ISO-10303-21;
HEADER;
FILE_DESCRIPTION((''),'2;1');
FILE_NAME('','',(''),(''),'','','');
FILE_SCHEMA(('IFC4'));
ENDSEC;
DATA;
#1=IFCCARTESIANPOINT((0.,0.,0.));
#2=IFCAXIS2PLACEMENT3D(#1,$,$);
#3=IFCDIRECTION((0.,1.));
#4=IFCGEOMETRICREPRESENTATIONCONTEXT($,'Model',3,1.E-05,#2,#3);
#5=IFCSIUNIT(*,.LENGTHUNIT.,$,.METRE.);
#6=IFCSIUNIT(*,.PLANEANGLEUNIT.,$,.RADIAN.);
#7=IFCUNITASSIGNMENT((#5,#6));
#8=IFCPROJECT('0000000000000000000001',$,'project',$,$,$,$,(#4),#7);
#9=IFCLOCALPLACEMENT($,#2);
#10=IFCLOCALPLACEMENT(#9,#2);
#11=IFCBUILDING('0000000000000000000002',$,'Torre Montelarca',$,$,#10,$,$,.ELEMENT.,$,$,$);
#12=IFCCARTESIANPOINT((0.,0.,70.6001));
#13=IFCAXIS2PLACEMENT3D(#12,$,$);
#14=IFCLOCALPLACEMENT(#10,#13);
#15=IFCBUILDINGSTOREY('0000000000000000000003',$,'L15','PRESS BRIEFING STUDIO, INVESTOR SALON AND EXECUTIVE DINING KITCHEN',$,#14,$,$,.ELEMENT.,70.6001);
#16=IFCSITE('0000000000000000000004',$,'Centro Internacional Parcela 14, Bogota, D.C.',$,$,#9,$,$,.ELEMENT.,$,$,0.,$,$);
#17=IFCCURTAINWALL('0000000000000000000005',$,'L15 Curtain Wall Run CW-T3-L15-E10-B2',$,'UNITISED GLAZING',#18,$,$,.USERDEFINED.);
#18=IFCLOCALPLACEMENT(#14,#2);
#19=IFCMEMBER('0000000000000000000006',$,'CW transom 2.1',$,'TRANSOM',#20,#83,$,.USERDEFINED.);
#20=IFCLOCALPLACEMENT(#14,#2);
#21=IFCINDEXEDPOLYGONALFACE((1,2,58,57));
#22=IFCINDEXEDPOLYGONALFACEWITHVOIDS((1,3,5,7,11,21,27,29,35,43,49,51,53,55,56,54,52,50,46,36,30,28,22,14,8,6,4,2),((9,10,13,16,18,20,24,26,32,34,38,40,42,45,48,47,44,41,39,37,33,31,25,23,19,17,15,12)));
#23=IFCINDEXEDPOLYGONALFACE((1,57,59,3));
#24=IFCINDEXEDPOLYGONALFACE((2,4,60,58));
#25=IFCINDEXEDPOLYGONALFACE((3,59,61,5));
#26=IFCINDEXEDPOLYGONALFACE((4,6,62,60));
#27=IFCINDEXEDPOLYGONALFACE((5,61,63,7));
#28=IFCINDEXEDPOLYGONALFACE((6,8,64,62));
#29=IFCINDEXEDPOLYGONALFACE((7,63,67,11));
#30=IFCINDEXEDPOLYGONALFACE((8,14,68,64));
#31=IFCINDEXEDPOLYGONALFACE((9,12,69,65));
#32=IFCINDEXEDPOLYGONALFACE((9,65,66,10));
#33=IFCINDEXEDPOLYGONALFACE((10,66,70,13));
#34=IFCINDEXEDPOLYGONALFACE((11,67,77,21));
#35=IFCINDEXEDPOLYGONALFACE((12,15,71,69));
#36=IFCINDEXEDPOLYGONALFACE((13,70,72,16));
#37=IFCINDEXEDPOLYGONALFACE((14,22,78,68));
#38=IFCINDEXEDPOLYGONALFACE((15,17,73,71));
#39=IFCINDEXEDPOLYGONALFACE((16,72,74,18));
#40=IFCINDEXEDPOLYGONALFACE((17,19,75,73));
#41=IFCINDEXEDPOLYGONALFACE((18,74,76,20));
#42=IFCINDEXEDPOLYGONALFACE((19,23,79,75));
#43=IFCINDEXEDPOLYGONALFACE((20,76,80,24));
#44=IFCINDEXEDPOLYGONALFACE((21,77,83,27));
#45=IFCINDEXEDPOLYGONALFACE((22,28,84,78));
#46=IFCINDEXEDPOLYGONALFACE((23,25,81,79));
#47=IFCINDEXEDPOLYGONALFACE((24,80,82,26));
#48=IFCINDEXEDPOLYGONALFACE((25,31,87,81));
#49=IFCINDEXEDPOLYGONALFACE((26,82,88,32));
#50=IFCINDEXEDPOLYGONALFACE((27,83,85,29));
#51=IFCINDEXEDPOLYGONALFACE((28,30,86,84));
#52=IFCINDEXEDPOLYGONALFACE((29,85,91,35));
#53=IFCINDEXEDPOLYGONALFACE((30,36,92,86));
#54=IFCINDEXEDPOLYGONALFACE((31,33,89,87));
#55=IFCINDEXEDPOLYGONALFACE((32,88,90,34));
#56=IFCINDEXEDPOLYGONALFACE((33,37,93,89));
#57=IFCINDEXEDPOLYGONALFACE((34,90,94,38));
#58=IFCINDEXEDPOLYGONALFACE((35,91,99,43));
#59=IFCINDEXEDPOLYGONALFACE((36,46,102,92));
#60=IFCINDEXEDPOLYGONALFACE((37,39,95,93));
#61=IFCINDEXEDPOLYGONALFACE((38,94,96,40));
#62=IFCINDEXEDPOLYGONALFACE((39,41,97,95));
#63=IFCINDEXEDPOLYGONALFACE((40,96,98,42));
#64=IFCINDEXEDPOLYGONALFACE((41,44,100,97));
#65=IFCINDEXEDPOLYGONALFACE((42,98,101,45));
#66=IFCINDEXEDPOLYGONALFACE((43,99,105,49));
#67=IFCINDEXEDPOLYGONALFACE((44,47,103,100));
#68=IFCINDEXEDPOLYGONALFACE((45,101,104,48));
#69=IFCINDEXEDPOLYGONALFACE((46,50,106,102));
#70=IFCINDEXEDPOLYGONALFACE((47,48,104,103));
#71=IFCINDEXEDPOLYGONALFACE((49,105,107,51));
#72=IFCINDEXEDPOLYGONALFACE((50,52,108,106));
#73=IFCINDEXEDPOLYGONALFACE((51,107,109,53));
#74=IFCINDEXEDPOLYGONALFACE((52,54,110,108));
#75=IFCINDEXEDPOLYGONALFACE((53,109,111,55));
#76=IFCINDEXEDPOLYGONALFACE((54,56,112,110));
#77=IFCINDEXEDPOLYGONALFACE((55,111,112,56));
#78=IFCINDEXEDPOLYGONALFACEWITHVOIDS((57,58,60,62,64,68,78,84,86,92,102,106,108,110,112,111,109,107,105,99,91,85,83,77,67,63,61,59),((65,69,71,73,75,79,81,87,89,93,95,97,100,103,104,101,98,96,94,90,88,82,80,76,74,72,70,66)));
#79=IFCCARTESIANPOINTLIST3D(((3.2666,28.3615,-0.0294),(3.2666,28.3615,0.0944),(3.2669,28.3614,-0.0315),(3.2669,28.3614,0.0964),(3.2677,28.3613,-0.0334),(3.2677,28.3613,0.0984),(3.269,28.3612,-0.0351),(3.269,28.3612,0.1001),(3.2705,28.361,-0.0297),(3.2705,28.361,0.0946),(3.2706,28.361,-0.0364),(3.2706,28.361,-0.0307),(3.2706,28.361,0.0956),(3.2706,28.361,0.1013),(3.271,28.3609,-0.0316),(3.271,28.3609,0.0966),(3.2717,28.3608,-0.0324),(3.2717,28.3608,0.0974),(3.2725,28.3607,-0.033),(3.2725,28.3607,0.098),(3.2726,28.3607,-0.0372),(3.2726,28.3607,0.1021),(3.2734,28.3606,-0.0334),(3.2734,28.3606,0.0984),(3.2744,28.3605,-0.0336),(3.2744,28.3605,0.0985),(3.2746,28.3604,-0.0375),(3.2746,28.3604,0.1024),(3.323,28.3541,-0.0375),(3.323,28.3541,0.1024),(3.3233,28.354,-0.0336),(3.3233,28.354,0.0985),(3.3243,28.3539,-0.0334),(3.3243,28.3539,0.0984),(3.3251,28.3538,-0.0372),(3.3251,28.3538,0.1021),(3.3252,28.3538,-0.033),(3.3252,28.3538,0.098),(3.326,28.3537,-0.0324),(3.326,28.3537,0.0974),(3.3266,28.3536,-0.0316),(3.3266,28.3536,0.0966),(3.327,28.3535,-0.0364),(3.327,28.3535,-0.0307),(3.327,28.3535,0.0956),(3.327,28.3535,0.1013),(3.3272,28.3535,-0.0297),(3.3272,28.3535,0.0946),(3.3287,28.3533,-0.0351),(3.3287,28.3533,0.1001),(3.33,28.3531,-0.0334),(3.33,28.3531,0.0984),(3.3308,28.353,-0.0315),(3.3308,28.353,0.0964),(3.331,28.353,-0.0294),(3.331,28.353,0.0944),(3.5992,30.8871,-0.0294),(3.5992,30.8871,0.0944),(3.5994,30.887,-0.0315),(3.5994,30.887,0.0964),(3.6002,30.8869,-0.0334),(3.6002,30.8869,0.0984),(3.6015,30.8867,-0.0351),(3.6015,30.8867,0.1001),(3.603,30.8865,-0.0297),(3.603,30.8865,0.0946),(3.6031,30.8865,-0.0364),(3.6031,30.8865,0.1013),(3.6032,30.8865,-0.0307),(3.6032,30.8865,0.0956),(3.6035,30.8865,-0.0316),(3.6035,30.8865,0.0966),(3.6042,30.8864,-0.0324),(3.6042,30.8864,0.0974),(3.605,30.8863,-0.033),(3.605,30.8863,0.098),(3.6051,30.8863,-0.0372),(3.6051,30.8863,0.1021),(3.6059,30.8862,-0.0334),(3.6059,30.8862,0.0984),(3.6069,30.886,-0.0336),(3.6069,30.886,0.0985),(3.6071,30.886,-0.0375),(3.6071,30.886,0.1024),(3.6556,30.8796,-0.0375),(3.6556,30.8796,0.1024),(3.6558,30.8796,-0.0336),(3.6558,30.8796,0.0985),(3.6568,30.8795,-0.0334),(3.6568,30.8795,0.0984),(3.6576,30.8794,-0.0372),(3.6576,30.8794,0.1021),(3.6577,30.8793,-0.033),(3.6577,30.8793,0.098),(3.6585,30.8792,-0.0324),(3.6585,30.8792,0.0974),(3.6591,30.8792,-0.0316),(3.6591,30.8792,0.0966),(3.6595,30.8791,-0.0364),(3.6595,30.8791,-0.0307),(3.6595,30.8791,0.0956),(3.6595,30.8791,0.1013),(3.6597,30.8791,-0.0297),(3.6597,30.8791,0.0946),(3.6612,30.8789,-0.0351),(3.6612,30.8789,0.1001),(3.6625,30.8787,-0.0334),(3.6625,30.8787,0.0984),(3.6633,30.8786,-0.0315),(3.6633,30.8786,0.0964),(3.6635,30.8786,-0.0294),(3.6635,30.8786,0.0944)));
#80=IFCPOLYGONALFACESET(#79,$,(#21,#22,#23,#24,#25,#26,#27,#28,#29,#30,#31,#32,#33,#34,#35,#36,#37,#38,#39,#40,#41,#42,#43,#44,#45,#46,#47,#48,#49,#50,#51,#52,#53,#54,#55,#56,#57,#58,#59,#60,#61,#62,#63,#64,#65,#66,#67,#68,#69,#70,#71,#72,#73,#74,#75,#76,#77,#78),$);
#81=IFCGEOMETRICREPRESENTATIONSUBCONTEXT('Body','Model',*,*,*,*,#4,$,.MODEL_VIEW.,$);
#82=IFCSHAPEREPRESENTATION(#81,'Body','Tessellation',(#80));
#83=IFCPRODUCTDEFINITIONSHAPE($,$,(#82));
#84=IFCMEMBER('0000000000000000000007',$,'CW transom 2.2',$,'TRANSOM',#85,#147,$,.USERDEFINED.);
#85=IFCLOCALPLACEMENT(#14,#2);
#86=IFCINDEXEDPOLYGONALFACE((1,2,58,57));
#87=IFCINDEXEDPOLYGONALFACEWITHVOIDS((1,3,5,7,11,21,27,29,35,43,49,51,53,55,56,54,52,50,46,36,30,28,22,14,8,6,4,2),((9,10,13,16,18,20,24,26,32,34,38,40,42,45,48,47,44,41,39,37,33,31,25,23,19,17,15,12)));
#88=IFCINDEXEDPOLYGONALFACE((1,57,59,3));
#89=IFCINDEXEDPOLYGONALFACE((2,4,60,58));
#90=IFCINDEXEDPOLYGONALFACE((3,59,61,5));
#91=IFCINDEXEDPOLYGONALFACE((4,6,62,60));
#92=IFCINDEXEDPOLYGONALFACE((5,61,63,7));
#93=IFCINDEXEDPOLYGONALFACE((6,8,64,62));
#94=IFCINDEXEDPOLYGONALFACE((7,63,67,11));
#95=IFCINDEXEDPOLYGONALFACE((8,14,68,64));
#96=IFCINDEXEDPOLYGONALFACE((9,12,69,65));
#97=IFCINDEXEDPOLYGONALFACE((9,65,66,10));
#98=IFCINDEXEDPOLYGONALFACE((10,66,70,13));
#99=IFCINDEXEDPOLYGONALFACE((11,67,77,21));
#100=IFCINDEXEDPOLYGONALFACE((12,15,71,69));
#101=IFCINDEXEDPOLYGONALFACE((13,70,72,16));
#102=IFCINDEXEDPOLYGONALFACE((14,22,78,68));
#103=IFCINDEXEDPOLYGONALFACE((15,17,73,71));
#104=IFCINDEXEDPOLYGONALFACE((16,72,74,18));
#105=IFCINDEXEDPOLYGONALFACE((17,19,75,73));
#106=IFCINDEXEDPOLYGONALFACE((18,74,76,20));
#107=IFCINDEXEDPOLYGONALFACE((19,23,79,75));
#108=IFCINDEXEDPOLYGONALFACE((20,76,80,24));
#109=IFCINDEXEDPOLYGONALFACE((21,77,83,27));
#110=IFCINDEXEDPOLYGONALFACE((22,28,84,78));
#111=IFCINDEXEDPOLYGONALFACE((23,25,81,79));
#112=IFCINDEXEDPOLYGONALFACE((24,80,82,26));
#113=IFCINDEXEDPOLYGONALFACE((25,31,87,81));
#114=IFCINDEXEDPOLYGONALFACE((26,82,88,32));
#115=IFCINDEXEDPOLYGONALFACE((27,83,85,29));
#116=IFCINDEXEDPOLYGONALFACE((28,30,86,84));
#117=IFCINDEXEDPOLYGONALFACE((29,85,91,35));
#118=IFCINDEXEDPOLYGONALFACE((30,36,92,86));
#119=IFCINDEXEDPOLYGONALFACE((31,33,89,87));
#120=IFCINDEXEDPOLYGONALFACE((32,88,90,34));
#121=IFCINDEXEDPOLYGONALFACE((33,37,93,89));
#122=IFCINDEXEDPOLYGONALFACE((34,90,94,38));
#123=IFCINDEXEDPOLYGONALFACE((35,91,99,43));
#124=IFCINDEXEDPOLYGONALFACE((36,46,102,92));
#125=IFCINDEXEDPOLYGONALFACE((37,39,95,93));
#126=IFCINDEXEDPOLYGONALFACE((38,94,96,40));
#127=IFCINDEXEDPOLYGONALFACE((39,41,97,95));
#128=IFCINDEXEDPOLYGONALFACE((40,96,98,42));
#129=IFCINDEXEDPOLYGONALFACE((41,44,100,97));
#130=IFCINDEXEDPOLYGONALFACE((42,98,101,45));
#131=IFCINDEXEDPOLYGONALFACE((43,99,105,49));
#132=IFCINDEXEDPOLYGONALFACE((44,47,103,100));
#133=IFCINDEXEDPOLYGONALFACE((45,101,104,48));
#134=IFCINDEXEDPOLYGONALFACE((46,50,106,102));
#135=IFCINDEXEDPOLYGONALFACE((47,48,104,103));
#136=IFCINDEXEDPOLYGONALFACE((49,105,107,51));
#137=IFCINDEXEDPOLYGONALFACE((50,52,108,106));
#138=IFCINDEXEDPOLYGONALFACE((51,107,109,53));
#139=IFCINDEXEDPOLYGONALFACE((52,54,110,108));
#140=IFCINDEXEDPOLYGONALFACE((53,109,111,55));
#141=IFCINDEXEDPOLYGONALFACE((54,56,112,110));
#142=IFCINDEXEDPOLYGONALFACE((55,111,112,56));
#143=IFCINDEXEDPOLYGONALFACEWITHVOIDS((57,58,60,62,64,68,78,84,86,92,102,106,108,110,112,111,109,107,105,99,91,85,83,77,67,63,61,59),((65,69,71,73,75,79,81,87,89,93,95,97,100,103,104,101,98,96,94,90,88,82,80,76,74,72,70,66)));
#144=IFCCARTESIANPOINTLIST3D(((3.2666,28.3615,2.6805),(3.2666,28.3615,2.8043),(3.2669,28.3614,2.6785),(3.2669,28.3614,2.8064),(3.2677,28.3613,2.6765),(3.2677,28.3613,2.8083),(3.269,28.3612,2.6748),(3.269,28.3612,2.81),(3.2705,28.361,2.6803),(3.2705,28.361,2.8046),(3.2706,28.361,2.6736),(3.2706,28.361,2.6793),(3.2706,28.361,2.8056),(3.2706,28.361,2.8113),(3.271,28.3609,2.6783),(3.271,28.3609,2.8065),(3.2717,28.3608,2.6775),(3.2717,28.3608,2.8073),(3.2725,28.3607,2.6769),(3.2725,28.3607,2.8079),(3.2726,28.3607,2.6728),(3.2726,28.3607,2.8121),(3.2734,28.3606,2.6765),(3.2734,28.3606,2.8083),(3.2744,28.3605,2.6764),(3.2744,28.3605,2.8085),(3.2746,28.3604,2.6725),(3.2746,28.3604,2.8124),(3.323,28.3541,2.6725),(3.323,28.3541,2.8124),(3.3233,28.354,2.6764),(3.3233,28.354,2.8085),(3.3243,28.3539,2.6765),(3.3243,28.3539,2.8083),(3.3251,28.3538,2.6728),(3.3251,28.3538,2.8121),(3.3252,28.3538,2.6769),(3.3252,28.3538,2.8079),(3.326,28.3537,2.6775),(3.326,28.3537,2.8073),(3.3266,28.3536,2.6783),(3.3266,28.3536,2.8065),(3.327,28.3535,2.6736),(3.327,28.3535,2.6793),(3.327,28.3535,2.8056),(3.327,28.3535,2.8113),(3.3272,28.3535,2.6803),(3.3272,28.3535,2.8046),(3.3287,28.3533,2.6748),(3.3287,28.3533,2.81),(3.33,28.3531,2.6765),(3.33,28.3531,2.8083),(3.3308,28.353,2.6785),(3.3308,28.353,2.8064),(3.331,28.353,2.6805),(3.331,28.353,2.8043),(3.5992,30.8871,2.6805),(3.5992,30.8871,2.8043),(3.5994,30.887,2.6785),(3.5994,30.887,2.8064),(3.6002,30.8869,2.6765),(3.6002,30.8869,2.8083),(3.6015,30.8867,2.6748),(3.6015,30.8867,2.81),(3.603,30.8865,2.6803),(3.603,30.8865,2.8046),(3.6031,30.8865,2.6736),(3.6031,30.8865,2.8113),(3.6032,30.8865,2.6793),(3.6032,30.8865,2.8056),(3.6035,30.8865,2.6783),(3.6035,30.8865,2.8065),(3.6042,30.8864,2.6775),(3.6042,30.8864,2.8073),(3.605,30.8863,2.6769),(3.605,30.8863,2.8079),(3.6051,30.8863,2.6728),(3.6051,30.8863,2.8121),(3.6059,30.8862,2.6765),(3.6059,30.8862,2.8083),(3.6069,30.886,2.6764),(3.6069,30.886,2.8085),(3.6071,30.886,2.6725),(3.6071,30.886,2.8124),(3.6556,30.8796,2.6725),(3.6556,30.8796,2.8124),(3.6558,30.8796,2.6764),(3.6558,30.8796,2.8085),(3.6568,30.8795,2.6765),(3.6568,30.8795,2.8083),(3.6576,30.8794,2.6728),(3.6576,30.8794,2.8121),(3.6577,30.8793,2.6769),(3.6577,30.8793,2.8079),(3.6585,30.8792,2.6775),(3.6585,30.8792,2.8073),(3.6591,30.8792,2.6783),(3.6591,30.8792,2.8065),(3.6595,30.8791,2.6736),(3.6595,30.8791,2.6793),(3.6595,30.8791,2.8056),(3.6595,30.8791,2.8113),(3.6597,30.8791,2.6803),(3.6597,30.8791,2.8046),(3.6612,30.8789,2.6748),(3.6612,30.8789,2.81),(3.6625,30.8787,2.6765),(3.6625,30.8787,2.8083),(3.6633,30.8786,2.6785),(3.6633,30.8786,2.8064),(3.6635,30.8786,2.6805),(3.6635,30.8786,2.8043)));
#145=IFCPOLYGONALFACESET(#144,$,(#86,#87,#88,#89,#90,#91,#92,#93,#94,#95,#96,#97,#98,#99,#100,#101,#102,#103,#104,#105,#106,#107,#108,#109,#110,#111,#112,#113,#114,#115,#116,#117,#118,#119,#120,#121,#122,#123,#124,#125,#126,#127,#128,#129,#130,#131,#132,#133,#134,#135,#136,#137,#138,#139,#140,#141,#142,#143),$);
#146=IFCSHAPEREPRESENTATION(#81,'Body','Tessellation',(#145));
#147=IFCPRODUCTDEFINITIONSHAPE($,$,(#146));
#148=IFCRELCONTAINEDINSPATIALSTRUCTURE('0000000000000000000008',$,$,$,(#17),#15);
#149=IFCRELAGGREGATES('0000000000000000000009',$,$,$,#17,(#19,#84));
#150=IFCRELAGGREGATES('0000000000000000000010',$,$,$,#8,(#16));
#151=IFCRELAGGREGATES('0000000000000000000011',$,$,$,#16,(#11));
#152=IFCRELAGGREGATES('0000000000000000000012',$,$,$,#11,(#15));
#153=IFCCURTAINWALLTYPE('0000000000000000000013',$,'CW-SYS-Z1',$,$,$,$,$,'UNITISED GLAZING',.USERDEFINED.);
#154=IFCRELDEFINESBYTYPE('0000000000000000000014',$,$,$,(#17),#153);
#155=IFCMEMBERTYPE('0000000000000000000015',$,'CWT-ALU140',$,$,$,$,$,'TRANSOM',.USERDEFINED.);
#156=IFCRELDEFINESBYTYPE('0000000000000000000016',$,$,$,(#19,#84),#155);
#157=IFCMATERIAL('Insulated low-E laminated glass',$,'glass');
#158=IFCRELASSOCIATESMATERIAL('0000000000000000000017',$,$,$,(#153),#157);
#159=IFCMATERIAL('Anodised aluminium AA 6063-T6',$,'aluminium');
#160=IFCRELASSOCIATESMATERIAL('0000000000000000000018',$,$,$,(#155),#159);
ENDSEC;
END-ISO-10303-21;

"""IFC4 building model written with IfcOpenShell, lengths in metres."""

from ifc_helpers import new_model, si_unit, direction, frame, origin, origin_2d, place, context, subcontext, project, spatial, hollow_rectangle, extrude, source, transform, mapped, material, material_profile, profile_set, type_object, element, aggregate, save


model = new_model("IFC4")

# Units and contexts
model_context = context("Model", 3, precision=1e-05, world=origin(), true_north=direction((0.0, 1.0)))
body_context = subcontext(model_context, "Body", "Model", "MODEL_VIEW")
ifc_project = project(units=[si_unit("LENGTHUNIT", "METRE"), si_unit("PLANEANGLEUNIT", "RADIAN")], contexts=[model_context])

# Site, building, storey
site_placement = place(None, origin())
site = spatial("IfcSite", under=ifc_project, at=site_placement, Name="Centro Internacional Parcela 14, Bogota, D.C.", CompositionType="ELEMENT", RefElevation=0.0)
building_placement = place(site_placement, origin())
building = spatial("IfcBuilding", under=site, at=building_placement, Name="Torre Montelarca", CompositionType="ELEMENT")
storey_placement = place(building_placement, frame((0.0, 0.0, 70.6001)))
storey = spatial("IfcBuildingStorey", under=building, at=storey_placement, Name="L15", Description="PRESS BRIEFING STUDIO, INVESTOR SALON AND EXECUTIVE DINING KITCHEN", CompositionType="ELEMENT", Elevation=70.6001)

# Curtain wall, members
ifc_material_1 = material(Name="Insulated low-E laminated glass", Category="glass")
curtain_wall_type = type_object("IfcCurtainWallType", Name="CW-SYS-Z1", ElementType="UNITISED GLAZING", PredefinedType="USERDEFINED", material=ifc_material_1)
ifc_material_2 = material(Name="Anodised aluminium AA 6063-T6", Category="aluminium")
ifc_material_profile_1 = material_profile(ifc_material_2, hollow_rectangle(XDim=0.0649, YDim=0.1399, WallThickness=0.0039, InnerFilletRadius=0.0039, OuterFilletRadius=0.0081, at=origin_2d()), Name="ALU65X140X4", Category="aluminium")
ifc_profile_set_1 = profile_set([ifc_material_profile_1], Name="Anodised aluminium AA 6063-T6")
member_type_1 = type_object("IfcMemberType", Name="CWT-ALU140", ElementType="TRANSOM", PredefinedType="USERDEFINED", material=ifc_profile_set_1)
curtain_wall_1_placement = place(storey_placement, origin())
curtain_wall_1 = element("IfcCurtainWall", 1, at=curtain_wall_1_placement, inside=storey, type_object=curtain_wall_type, Name="L15 Curtain Wall Run CW-T3-L15-E10-B2", ObjectType="UNITISED GLAZING", PredefinedType="USERDEFINED")
shared_shape_1 = source(origin(), body_context, "Body", "SweptSolid", [
    extrude(hollow_rectangle(XDim=0.0649, YDim=0.1399, WallThickness=0.0039, InnerFilletRadius=0.0039, OuterFilletRadius=0.0081, at=origin_2d()), origin(), (0.0, 0.0, 1.0), 2.5474),
])
member_1_placement = place(storey_placement, frame((3.6313, 30.8828, 0.0325), z_axis=(-0.130531, -0.991444, 0.0), x_axis=(0.991444, -0.130531, 0.0)))
member_1 = element("IfcMember", 2, at=member_1_placement, type_object=member_type_1, Name="CW transom 2.1", ObjectType="TRANSOM", PredefinedType="USERDEFINED", context=body_context, shape_type="MappedRepresentation", body=[
    mapped(shared_shape_1, transform((0.0, 0.0, 0.0), scale=1.0)),
])
member_2_placement = place(storey_placement, frame((3.6313, 30.8828, 2.7424), z_axis=(-0.130531, -0.991444, 0.0), x_axis=(0.991444, -0.130531, 0.0)))
member_2 = element("IfcMember", 3, at=member_2_placement, type_object=member_type_1, Name="CW transom 2.2", ObjectType="TRANSOM", PredefinedType="USERDEFINED", context=body_context, shape_type="MappedRepresentation", body=[
    mapped(shared_shape_1, transform((0.0, 0.0, 0.0), scale=1.0)),
])

aggregate(curtain_wall_1, [member_1, member_2])

save(model, "model.ifc")
